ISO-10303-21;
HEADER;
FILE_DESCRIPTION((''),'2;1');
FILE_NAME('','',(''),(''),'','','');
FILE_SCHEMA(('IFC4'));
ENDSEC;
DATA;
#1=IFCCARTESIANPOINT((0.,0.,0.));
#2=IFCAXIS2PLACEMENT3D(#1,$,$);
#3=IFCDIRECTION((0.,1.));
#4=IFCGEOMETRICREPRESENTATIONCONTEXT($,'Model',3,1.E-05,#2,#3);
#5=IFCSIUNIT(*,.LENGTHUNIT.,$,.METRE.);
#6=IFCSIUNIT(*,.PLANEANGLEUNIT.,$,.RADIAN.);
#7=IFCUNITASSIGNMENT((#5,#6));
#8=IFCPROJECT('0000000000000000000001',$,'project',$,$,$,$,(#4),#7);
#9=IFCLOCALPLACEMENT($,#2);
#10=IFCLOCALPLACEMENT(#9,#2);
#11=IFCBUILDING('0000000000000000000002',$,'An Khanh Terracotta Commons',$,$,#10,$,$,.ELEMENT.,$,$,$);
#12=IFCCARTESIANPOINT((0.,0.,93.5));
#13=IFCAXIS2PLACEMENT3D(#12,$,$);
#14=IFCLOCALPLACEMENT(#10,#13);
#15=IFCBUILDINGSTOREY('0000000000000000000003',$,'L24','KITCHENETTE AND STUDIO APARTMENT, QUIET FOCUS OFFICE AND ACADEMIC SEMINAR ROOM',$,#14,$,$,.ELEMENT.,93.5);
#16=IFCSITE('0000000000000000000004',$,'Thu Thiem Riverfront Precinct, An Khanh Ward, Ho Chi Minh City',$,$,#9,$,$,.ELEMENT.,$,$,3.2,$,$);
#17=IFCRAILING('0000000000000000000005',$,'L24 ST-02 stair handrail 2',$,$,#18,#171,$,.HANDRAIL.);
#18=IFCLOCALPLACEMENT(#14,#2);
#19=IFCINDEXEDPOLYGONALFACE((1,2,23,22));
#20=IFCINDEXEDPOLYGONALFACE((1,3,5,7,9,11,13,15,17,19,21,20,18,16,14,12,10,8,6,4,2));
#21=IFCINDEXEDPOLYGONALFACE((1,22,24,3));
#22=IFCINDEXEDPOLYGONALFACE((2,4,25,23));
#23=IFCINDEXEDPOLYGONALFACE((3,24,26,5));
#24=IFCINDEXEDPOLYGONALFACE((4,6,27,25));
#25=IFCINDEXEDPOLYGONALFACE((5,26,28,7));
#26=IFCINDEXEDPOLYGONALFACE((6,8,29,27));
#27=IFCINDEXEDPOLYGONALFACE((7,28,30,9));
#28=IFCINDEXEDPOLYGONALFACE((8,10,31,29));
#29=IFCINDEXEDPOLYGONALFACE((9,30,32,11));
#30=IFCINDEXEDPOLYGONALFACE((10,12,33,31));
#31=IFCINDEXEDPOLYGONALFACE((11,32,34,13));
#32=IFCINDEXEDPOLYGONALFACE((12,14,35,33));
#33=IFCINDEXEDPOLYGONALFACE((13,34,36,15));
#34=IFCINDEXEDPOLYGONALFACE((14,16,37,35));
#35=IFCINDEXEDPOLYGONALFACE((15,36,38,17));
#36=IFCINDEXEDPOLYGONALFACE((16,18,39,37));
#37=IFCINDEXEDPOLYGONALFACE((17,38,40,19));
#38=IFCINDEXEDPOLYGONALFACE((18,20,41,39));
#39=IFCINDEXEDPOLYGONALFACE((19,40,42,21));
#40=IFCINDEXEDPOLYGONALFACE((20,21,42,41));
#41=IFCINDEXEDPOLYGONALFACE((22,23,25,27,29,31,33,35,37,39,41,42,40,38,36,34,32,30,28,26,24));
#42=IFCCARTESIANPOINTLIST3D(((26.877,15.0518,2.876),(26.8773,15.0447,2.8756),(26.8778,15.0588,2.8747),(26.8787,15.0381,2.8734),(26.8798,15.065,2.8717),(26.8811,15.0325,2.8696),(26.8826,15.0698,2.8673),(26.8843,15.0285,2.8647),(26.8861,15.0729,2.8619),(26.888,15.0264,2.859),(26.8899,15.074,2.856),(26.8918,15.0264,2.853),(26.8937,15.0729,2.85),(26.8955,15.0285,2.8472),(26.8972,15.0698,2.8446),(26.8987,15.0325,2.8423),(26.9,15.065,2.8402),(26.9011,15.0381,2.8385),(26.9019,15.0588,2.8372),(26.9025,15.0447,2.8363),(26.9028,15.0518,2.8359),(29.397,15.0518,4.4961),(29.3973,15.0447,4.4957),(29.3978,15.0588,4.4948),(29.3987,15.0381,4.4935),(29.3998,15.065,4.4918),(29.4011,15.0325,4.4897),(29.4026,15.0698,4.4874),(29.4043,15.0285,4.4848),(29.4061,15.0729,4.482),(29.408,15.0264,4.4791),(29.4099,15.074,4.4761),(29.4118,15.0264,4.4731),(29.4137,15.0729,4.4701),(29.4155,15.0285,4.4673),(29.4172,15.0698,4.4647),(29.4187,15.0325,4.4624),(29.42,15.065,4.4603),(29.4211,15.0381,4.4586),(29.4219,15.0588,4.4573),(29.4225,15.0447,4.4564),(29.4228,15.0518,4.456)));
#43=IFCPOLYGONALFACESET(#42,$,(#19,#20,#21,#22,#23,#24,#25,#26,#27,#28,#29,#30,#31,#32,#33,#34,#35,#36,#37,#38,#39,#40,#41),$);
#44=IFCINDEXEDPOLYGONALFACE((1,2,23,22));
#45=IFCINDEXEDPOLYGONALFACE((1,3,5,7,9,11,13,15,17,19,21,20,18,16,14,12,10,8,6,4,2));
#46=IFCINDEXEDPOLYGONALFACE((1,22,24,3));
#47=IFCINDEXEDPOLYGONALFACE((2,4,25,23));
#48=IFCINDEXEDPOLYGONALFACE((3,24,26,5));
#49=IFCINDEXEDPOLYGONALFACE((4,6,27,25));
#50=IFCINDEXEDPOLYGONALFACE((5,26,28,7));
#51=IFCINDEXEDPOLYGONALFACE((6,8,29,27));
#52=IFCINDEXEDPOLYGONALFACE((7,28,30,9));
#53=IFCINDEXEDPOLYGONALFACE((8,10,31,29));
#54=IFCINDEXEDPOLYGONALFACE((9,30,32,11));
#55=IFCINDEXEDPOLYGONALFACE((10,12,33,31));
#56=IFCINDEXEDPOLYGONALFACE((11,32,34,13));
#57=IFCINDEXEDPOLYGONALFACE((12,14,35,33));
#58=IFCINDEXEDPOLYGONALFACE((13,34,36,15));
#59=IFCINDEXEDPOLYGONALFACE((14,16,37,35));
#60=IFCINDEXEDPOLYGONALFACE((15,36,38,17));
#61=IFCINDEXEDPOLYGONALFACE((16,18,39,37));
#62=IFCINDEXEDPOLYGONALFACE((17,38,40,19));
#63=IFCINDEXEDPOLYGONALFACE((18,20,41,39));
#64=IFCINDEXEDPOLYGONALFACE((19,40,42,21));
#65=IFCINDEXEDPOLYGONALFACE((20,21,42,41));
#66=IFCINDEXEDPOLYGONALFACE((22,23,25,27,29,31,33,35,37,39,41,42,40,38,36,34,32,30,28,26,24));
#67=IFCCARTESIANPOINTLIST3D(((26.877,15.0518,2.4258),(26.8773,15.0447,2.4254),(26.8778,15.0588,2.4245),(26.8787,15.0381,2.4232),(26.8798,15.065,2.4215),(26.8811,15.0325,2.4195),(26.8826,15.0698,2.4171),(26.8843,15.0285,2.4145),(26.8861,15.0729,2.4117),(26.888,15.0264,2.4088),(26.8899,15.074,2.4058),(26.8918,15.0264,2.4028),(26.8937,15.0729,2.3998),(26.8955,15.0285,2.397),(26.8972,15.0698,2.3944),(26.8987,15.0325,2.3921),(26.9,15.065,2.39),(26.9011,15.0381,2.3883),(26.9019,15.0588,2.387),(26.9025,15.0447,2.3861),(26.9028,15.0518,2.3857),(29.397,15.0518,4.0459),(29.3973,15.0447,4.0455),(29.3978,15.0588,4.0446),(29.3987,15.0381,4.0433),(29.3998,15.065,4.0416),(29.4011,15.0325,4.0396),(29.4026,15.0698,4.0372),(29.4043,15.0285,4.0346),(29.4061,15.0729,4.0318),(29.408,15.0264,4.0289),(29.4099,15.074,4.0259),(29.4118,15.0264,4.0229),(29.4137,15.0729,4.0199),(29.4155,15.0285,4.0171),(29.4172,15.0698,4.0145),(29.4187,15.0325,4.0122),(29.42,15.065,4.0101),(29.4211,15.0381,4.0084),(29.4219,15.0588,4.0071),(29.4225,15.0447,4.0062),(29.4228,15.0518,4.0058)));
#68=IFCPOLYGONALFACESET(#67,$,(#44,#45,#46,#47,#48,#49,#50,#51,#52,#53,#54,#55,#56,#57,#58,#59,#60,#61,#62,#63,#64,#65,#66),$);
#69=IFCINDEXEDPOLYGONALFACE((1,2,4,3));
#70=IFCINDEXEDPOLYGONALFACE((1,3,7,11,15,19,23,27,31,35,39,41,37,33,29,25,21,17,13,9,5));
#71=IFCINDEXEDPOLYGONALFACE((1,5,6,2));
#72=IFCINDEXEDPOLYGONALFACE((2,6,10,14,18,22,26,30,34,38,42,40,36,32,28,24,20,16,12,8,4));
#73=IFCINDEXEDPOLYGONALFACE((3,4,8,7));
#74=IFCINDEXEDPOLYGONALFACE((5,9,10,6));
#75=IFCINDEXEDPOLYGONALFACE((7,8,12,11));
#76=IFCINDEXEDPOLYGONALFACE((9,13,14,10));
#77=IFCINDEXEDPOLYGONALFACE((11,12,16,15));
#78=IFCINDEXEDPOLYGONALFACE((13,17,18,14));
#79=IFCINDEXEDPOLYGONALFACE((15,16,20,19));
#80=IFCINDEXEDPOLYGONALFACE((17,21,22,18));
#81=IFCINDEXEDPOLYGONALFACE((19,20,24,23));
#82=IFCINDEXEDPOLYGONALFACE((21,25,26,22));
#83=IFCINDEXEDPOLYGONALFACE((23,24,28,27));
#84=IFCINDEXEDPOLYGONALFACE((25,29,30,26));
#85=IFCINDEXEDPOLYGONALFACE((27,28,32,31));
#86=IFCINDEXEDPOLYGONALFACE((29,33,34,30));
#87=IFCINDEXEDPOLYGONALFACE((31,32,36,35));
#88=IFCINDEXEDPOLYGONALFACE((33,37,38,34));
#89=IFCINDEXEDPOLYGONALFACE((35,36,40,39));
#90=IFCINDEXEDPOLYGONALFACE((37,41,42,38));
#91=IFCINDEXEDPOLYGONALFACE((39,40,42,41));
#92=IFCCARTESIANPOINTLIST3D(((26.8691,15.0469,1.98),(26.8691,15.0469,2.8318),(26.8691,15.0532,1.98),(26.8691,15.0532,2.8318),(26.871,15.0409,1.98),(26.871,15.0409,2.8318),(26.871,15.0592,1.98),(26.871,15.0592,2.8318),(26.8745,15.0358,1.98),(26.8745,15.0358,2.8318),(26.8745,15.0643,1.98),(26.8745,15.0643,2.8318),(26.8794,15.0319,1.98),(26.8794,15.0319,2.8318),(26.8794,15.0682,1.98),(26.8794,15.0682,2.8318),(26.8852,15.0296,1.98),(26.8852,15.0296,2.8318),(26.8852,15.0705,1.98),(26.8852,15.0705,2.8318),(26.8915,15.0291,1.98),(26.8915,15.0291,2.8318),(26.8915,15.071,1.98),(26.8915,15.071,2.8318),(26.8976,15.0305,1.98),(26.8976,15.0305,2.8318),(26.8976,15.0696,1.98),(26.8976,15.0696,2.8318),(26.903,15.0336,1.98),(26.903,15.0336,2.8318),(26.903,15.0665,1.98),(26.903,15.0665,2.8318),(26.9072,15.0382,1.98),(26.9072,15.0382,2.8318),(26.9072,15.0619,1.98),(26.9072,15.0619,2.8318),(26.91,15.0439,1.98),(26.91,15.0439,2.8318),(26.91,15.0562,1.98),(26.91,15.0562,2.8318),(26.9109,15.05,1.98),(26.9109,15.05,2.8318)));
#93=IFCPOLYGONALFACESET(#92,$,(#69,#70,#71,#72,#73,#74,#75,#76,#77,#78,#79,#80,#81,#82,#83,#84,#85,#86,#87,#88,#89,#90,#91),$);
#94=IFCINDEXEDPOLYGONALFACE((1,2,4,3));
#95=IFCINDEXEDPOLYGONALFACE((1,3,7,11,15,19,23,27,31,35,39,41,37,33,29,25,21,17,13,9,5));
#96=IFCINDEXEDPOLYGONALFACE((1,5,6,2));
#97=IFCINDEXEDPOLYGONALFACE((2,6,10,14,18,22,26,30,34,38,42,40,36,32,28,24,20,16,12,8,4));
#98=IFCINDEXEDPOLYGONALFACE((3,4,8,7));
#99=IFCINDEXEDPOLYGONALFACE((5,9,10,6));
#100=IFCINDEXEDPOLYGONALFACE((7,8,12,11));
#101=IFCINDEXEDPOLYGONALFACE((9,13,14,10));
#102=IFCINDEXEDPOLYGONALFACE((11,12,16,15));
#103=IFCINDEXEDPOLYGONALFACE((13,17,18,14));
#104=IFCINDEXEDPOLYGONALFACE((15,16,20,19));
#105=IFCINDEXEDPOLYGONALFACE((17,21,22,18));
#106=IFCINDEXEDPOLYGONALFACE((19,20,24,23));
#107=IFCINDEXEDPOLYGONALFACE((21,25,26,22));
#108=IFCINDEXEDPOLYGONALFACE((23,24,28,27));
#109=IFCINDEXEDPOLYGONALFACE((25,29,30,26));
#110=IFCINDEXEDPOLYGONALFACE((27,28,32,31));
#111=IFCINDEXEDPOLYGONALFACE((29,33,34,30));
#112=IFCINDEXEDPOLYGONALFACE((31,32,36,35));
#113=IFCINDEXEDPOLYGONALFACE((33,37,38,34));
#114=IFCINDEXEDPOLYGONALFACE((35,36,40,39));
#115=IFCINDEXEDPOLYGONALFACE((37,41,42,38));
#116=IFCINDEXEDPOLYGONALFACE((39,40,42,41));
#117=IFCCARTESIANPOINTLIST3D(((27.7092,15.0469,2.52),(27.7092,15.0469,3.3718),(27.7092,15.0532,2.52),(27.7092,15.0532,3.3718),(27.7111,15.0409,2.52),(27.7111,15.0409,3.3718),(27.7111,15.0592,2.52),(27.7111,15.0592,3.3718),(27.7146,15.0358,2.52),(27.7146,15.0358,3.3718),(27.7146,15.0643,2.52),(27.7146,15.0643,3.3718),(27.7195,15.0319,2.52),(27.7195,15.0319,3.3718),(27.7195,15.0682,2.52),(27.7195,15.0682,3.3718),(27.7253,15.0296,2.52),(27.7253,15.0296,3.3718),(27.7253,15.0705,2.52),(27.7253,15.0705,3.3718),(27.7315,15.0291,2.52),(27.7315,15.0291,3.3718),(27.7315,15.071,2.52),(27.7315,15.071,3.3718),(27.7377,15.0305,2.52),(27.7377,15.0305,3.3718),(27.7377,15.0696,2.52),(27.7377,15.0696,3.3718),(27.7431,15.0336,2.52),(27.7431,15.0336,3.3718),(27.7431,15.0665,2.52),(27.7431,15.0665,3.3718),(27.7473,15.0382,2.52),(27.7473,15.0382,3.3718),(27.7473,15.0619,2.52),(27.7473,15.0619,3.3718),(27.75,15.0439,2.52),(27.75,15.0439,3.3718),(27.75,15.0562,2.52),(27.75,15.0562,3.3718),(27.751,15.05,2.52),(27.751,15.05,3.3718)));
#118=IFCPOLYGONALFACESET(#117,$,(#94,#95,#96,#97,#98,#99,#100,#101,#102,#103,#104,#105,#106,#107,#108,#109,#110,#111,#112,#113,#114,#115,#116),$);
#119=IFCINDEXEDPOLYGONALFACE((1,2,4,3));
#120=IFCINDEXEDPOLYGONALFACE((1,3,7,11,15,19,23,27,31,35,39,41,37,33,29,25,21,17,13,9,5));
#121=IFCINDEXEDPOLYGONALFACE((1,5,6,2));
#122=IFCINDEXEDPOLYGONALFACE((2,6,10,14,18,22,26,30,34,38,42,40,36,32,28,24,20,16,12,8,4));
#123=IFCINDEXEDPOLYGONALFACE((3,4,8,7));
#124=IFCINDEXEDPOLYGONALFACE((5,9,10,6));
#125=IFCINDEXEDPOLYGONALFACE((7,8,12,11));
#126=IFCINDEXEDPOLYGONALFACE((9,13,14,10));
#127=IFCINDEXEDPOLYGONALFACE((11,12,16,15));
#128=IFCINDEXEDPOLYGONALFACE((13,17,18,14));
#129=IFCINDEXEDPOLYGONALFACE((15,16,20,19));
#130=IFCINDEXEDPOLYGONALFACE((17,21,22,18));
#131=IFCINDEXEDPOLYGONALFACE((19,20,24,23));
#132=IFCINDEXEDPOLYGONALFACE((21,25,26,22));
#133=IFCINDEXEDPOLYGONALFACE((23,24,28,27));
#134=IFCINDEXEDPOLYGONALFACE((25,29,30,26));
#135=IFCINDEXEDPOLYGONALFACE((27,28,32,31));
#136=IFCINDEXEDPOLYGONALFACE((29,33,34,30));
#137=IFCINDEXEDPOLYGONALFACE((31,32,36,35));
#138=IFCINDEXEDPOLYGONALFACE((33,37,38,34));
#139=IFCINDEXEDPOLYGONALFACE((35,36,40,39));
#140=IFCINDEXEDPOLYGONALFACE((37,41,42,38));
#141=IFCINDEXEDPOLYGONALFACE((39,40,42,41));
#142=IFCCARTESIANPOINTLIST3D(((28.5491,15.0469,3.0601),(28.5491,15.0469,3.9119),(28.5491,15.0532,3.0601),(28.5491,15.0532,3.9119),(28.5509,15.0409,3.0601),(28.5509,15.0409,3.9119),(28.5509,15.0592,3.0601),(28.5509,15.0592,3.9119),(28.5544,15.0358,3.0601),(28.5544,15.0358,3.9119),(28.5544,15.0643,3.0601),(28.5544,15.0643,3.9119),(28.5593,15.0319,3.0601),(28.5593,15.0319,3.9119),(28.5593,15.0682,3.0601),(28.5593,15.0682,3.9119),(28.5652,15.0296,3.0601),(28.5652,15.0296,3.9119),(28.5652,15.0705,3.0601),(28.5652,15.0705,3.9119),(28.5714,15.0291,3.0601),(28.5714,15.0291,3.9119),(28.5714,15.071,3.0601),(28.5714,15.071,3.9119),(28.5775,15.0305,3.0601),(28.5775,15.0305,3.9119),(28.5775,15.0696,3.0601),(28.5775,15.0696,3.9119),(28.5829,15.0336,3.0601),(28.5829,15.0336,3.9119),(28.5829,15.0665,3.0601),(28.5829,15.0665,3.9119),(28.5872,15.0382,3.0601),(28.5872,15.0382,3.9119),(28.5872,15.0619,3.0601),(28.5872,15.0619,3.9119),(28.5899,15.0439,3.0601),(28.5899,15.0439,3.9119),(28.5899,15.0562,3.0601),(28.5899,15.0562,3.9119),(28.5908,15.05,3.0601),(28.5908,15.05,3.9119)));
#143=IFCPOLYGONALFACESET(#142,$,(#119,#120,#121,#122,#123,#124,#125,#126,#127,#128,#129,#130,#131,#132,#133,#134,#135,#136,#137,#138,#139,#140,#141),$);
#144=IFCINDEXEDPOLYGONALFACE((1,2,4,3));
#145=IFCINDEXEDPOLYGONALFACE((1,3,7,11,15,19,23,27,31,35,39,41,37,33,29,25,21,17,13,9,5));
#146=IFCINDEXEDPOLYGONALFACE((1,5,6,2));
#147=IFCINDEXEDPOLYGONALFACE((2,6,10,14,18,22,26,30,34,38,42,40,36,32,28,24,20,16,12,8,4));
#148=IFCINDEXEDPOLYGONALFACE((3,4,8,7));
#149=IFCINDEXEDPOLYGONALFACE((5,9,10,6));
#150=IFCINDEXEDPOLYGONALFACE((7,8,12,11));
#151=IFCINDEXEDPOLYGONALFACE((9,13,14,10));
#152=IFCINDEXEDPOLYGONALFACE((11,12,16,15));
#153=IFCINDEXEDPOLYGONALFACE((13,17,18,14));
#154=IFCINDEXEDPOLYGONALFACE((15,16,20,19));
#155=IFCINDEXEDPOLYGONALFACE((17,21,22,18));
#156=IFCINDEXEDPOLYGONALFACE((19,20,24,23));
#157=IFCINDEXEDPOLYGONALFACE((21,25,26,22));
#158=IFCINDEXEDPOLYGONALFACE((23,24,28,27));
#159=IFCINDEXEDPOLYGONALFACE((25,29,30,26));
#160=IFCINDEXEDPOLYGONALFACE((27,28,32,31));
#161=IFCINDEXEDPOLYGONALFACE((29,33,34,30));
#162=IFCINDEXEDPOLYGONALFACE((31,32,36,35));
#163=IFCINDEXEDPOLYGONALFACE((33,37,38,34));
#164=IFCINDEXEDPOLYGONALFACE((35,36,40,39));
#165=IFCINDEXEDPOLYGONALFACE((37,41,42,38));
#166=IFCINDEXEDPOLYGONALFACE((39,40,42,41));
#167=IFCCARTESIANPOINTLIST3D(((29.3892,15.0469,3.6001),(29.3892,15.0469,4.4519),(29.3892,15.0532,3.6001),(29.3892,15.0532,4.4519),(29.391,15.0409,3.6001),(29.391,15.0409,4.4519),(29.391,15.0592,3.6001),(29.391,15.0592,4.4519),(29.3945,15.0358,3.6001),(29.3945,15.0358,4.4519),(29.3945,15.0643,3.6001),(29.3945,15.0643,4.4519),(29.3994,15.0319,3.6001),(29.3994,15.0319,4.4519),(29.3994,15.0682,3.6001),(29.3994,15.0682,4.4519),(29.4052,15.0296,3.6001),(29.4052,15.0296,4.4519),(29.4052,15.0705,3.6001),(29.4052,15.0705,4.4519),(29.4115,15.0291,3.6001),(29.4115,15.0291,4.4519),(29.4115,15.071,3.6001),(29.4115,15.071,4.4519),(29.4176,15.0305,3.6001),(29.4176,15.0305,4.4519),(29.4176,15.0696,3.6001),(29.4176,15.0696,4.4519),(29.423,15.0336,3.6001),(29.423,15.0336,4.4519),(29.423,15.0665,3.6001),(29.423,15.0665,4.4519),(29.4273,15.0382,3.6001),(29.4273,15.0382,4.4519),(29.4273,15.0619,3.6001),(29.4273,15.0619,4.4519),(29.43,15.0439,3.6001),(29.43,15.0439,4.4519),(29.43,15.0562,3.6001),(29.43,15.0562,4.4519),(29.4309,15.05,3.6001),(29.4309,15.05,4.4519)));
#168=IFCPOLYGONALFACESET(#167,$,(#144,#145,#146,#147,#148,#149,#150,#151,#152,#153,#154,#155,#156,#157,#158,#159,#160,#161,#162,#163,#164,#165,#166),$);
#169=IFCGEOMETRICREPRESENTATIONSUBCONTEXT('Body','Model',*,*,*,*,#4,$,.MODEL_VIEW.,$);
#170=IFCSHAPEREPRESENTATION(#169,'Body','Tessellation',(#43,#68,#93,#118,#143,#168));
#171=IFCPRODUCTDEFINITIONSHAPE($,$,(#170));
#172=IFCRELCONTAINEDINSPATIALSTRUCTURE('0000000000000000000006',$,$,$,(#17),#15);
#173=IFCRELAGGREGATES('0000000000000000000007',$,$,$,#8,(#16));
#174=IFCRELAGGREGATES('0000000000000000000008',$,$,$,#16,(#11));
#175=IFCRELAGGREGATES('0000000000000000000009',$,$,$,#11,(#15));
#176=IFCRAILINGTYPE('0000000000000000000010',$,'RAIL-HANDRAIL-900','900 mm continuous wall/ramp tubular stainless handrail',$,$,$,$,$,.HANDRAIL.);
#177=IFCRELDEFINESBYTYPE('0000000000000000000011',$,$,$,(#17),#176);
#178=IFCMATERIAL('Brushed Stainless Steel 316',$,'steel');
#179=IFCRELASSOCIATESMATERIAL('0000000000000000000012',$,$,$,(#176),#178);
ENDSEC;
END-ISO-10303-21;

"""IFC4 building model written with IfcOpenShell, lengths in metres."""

from ifc_helpers import new_model, si_unit, direction, frame, origin, origin_2d, place, context, subcontext, project, spatial, circle, extrude, material, type_object, element, save


model = new_model("IFC4")

# Units and contexts
model_context = context("Model", 3, precision=1e-05, world=origin(), true_north=direction((0.0, 1.0)))
body_context = subcontext(model_context, "Body", "Model", "MODEL_VIEW")
ifc_project = project(units=[si_unit("LENGTHUNIT", "METRE"), si_unit("PLANEANGLEUNIT", "RADIAN")], contexts=[model_context])

# Site, building, storey
site_placement = place(None, origin())
site = spatial("IfcSite", under=ifc_project, at=site_placement, Name="Thu Thiem Riverfront Precinct, An Khanh Ward, Ho Chi Minh City", CompositionType="ELEMENT", RefElevation=3.2)
building_placement = place(site_placement, origin())
building = spatial("IfcBuilding", under=site, at=building_placement, Name="An Khanh Terracotta Commons", CompositionType="ELEMENT")
storey_placement = place(building_placement, frame((0.0, 0.0, 93.5)))
storey = spatial("IfcBuildingStorey", under=building, at=storey_placement, Name="L24", Description="KITCHENETTE AND STUDIO APARTMENT, QUIET FOCUS OFFICE AND ACADEMIC SEMINAR ROOM", CompositionType="ELEMENT", Elevation=93.5)

# Railing
ifc_material_1 = material(Name="Brushed Stainless Steel 316", Category="steel")
railing_type_1 = type_object("IfcRailingType", Name="RAIL-HANDRAIL-900", Description="900 mm continuous wall/ramp tubular stainless handrail", PredefinedType="HANDRAIL", material=ifc_material_1)
railing_1_placement = place(storey_placement, frame((26.8899, 15.05, 1.98)))
element("IfcRailing", 1, at=railing_1_placement, inside=storey, type_object=railing_type_1, Name="L24 ST-02 stair handrail 2", PredefinedType="HANDRAIL", context=body_context, shape_type="SweptSolid", body=[
    extrude(circle(Radius=0.0239, at=origin_2d()), frame((0.0, 0.0, 0.876), z_axis=(0.841163, 0.0, 0.540782), x_axis=(0.0, 1.0, 0.0)), (0.0, 0.0, 1.0), 2.9958),
    extrude(circle(Radius=0.0239, at=origin_2d()), frame((0.0, 0.0, 0.4258), z_axis=(0.841163, 0.0, 0.540782), x_axis=(0.0, 1.0, 0.0)), (0.0, 0.0, 1.0), 2.9958),
    extrude(circle(Radius=0.021, at=origin_2d()), origin(), (0.0, 0.0, 1.0), 0.8518),
    extrude(circle(Radius=0.021, at=origin_2d()), frame((0.8401, 0.0, 0.54)), (0.0, 0.0, 1.0), 0.8518),
    extrude(circle(Radius=0.021, at=origin_2d()), frame((1.6799, 0.0, 1.0801)), (0.0, 0.0, 1.0), 0.8518),
    extrude(circle(Radius=0.021, at=origin_2d()), frame((2.52, 0.0, 1.6201)), (0.0, 0.0, 1.0), 0.8518),
])

save(model, "model.ifc")
